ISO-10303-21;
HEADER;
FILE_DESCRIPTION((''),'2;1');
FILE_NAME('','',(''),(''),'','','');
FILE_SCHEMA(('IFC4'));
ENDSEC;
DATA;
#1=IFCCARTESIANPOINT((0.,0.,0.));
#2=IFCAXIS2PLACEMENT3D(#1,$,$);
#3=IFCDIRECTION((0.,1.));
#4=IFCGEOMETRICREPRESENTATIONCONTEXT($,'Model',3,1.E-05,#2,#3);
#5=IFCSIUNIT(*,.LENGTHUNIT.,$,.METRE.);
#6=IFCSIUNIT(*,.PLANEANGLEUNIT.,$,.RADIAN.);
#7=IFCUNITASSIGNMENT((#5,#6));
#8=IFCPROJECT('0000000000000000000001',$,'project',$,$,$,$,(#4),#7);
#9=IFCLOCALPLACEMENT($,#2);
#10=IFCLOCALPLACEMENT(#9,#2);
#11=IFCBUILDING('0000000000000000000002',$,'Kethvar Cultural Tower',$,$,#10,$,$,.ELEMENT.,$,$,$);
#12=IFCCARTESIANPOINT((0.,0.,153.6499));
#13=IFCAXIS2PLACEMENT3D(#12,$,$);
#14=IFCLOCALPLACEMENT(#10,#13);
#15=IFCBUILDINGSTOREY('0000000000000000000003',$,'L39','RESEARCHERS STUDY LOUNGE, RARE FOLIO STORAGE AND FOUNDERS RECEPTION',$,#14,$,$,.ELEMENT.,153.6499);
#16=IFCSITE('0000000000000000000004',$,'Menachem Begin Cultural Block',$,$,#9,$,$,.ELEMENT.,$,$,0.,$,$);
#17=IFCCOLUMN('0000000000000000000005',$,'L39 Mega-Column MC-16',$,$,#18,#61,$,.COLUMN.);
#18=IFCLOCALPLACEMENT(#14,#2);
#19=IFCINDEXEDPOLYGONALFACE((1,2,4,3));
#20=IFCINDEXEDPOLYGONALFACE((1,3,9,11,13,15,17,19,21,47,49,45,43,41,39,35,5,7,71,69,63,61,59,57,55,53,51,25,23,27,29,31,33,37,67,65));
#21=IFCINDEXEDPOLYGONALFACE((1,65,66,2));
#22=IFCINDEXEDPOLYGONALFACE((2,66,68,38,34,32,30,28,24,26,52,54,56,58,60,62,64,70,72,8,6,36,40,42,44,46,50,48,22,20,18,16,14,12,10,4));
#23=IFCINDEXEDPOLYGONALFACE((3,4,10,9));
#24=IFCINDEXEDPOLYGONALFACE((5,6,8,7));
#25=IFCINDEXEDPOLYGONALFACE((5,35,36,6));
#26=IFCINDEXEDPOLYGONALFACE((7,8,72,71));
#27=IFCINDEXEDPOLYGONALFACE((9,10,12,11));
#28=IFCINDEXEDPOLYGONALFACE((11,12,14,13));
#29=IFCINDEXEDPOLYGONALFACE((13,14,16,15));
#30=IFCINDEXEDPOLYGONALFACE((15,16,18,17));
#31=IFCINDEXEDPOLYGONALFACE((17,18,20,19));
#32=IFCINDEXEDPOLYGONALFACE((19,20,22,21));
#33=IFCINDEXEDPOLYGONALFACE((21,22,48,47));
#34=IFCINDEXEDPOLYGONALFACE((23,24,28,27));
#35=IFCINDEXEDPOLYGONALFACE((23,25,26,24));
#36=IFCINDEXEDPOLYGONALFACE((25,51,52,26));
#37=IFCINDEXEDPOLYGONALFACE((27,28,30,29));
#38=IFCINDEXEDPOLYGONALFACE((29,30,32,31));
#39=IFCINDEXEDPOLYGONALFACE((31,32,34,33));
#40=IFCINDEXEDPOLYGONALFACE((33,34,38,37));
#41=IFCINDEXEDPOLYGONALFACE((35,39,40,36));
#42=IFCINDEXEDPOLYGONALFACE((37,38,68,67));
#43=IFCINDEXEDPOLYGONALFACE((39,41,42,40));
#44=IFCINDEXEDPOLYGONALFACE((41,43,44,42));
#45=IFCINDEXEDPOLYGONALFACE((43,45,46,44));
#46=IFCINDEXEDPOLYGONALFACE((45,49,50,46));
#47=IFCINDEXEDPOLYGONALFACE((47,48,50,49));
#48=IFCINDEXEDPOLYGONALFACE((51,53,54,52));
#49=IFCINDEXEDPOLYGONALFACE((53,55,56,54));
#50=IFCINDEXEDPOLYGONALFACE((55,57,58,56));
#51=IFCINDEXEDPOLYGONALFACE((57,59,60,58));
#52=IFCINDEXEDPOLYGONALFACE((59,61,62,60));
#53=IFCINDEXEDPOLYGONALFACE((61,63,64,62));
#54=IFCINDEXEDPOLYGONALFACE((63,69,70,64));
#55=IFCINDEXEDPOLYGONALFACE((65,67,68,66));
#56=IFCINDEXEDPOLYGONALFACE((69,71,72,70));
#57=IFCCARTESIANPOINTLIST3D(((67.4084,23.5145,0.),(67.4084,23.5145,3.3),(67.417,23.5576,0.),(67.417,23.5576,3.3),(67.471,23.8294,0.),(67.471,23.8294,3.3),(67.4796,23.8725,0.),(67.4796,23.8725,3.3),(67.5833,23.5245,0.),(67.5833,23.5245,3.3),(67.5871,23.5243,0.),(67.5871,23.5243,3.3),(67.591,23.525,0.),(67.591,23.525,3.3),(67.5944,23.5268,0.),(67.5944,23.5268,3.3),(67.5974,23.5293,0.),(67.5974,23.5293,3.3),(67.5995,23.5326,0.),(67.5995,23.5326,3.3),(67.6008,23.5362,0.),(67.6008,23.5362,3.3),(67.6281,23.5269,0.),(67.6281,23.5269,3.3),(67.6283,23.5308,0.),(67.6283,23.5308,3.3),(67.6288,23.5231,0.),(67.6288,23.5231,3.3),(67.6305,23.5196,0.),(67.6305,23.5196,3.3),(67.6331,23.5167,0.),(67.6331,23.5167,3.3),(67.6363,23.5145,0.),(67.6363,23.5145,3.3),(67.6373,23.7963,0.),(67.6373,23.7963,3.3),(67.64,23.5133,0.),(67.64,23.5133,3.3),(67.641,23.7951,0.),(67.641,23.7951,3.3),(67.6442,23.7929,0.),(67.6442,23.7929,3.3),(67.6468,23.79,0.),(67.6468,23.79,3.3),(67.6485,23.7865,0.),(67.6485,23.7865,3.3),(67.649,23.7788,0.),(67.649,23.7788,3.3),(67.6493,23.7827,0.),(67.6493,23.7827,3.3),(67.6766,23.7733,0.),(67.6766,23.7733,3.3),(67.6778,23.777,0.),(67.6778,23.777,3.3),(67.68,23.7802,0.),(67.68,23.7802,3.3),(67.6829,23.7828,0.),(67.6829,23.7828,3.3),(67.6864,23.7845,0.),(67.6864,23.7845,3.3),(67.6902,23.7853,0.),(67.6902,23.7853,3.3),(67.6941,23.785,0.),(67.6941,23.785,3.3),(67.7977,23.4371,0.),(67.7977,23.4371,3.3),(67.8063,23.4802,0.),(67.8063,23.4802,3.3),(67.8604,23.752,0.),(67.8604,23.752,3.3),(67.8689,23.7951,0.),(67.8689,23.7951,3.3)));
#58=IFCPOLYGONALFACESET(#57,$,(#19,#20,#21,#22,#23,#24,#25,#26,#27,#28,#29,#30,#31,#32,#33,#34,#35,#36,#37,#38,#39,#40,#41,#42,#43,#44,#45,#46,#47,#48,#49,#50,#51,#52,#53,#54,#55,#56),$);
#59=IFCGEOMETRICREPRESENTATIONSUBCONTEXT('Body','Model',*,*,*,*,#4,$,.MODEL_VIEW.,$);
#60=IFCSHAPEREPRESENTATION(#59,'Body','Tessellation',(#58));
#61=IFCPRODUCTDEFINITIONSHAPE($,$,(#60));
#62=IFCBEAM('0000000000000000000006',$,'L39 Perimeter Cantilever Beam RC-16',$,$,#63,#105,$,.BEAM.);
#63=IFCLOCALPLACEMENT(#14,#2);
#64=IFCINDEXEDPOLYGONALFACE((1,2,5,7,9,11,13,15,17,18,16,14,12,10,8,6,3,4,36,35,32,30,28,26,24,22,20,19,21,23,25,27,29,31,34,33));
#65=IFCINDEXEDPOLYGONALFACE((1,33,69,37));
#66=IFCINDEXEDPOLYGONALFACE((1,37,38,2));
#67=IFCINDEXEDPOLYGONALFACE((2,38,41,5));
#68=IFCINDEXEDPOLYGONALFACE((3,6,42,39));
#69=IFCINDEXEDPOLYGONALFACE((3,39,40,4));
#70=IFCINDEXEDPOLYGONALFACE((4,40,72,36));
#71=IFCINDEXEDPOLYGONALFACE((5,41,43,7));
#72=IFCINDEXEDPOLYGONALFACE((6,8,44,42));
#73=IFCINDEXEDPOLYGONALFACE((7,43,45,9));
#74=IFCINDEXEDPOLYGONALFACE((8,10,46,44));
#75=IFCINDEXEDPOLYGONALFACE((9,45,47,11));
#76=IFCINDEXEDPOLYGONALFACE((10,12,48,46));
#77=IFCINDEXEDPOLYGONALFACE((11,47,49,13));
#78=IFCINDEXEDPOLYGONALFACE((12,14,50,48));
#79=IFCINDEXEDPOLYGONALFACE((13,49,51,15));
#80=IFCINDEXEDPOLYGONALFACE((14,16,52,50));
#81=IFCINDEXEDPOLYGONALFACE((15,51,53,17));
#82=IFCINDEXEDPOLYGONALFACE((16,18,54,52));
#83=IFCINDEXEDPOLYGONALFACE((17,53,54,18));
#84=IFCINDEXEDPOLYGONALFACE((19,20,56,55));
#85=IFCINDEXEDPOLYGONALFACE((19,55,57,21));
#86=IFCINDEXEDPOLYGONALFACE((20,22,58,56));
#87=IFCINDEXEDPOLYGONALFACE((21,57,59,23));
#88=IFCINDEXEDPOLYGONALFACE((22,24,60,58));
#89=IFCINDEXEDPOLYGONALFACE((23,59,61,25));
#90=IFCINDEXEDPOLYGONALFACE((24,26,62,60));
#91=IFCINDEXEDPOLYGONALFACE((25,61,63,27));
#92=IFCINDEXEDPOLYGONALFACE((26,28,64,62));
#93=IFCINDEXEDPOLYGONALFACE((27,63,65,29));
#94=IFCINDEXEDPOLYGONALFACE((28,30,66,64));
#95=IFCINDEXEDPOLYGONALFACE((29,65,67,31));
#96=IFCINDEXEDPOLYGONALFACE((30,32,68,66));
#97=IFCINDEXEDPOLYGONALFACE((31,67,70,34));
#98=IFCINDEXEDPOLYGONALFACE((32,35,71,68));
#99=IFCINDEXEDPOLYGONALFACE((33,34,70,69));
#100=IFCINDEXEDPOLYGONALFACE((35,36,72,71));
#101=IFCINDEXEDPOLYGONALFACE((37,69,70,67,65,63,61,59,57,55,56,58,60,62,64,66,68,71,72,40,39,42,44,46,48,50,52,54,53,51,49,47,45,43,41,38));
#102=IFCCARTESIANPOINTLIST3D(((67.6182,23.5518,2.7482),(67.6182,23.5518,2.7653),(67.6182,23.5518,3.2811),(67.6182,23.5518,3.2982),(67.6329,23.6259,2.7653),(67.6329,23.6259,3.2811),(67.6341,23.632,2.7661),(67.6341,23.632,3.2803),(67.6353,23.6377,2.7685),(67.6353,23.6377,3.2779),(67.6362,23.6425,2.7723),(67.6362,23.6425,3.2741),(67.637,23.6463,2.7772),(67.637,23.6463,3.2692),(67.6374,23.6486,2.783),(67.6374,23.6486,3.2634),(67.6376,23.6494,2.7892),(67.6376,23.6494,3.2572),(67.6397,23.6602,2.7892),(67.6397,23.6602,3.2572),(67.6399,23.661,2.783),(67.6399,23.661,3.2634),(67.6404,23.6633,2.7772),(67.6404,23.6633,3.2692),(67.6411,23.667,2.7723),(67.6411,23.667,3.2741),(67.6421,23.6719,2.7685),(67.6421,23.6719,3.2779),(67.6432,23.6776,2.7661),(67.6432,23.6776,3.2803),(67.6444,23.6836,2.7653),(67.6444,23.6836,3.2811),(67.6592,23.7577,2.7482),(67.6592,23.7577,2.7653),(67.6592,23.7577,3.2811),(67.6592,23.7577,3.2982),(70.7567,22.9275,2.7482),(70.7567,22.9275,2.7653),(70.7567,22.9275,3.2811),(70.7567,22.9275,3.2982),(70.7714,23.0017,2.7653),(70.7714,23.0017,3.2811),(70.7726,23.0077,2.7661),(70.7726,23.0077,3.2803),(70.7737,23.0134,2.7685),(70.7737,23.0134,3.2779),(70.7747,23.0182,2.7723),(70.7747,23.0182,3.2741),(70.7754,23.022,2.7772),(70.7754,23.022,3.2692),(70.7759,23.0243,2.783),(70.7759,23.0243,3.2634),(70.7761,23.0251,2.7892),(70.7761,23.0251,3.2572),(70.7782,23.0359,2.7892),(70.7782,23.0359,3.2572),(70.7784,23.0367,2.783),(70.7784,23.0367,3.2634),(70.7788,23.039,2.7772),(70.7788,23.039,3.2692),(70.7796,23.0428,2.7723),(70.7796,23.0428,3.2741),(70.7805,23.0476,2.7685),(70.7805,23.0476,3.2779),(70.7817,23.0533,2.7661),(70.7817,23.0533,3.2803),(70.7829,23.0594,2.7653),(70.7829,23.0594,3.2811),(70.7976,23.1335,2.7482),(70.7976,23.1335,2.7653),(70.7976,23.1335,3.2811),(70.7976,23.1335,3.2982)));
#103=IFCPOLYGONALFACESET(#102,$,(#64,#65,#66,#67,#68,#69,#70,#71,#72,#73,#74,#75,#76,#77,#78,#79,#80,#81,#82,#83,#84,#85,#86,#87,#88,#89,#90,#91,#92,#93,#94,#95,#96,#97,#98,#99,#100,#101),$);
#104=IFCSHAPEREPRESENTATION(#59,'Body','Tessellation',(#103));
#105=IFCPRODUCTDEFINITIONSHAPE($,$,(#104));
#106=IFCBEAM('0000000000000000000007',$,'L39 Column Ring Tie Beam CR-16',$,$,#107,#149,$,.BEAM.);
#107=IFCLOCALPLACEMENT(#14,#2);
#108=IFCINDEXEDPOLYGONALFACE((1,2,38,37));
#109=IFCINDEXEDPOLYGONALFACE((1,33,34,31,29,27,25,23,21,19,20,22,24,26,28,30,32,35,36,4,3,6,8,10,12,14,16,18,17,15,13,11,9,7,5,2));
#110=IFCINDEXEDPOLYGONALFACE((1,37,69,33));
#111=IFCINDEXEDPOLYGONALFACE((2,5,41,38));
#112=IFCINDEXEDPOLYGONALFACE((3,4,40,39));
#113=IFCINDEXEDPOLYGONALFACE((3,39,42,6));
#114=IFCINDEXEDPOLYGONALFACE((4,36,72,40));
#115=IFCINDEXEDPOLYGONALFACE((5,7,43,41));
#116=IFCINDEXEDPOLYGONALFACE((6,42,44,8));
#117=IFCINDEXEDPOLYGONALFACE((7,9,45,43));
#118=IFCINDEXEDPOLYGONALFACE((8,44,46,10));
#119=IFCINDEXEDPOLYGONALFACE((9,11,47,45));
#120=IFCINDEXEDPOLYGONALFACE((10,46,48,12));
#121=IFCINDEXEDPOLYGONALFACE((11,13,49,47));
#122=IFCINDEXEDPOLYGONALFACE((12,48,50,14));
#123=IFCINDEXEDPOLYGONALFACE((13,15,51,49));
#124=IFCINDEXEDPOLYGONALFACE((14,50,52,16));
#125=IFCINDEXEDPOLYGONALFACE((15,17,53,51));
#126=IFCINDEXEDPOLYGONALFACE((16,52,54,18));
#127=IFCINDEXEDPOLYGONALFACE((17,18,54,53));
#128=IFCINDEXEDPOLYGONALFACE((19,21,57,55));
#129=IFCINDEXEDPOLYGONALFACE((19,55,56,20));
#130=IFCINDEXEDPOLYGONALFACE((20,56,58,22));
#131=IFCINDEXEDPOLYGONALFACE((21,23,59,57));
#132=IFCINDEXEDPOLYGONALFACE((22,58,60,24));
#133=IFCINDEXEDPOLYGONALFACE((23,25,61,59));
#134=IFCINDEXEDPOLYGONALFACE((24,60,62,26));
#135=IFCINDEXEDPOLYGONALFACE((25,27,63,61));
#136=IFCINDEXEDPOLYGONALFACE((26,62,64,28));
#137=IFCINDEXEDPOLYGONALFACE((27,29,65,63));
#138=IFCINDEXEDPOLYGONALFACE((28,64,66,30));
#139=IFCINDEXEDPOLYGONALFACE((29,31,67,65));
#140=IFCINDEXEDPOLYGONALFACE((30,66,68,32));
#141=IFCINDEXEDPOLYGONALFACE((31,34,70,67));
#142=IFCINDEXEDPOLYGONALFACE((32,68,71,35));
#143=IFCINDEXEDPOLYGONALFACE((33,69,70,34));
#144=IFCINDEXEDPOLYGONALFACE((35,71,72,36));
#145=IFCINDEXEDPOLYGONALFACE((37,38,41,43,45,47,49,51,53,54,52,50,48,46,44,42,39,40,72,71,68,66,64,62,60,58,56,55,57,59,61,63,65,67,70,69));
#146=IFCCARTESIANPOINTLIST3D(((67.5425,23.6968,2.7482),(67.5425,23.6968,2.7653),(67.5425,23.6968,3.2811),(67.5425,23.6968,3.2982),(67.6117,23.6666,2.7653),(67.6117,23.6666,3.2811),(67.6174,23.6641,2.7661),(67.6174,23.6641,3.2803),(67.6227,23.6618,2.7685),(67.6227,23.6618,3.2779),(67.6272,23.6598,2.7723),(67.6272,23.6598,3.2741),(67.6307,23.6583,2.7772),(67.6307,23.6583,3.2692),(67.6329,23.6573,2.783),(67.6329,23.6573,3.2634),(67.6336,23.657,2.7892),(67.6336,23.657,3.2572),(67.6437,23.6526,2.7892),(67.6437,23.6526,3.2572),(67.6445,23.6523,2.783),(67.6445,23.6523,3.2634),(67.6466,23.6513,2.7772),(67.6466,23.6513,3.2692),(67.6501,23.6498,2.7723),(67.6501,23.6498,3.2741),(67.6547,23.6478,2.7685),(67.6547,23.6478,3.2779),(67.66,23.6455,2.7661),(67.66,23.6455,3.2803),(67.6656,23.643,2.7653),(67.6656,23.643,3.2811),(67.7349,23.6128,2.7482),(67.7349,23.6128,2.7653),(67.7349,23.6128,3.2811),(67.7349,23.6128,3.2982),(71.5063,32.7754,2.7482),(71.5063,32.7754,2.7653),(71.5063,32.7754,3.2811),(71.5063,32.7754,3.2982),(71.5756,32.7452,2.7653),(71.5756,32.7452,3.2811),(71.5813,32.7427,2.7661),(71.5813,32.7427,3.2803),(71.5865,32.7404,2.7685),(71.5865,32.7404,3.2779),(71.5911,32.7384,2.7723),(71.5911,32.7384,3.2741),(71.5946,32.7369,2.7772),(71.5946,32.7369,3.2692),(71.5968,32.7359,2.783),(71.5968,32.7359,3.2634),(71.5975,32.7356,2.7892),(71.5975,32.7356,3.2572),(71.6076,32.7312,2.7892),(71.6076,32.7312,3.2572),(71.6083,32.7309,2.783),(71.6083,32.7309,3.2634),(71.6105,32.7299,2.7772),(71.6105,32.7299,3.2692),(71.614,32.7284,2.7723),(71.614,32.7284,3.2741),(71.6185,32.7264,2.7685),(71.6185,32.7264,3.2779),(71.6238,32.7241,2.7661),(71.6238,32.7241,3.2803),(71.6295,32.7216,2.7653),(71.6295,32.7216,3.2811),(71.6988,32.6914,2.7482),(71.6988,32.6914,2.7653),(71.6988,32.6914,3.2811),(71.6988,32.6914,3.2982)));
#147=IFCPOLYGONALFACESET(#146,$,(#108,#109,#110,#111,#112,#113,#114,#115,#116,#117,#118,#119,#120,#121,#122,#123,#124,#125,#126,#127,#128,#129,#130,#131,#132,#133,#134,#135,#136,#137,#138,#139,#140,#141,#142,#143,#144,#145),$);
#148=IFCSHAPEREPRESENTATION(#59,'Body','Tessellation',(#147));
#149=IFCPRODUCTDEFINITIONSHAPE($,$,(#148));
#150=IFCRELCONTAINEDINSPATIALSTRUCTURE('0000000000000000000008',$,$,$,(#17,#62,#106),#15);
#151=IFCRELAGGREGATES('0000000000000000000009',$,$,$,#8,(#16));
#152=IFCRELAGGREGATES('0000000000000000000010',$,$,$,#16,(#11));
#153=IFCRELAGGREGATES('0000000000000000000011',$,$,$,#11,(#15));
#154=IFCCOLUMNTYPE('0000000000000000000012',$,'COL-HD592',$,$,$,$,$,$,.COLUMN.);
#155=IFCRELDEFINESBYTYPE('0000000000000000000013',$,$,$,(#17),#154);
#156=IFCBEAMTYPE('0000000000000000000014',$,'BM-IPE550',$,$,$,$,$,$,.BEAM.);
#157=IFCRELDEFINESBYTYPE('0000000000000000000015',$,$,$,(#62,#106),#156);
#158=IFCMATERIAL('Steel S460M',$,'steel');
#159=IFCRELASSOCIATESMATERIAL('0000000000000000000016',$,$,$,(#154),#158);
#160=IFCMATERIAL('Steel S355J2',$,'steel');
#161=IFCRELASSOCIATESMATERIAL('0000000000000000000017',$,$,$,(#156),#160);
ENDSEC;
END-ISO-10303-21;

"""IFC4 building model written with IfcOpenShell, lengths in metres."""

from ifc_helpers import new_model, si_unit, direction, frame, origin, origin_2d, place, context, subcontext, project, spatial, i_section, extrude, source, transform, mapped, material, material_profile, profile_set, type_object, element, save


model = new_model("IFC4")

# Units and contexts
model_context = context("Model", 3, precision=1e-05, world=origin(), true_north=direction((0.0, 1.0)))
body_context = subcontext(model_context, "Body", "Model", "MODEL_VIEW")
ifc_project = project(units=[si_unit("LENGTHUNIT", "METRE"), si_unit("PLANEANGLEUNIT", "RADIAN")], contexts=[model_context])

# Site, building, storey
site_placement = place(None, origin())
site = spatial("IfcSite", under=ifc_project, at=site_placement, Name="Menachem Begin Cultural Block", CompositionType="ELEMENT", RefElevation=0.0)
building_placement = place(site_placement, origin())
building = spatial("IfcBuilding", under=site, at=building_placement, Name="Kethvar Cultural Tower", CompositionType="ELEMENT")
storey_placement = place(building_placement, frame((0.0, 0.0, 153.6499)))
storey = spatial("IfcBuildingStorey", under=building, at=storey_placement, Name="L39", Description="RESEARCHERS STUDY LOUNGE, RARE FOLIO STORAGE AND FOUNDERS RECEPTION", CompositionType="ELEMENT", Elevation=153.6499)

# Column
ifc_material_1 = material(Name="Steel S460M", Category="steel")
ifc_material_profile_1 = material_profile(ifc_material_1, i_section(OverallWidth=0.397, OverallDepth=0.365, WebThickness=0.0281, FlangeThickness=0.0439, FilletRadius=0.0149, at=origin_2d()), Name="Steel S460M — HD400x592")
ifc_profile_set_1 = profile_set([ifc_material_profile_1], Name="Steel S460M — HD400x592")
column_type = type_object("IfcColumnType", Name="COL-HD592", PredefinedType="COLUMN", material=ifc_profile_set_1)
shared_shape_1 = source(origin(), body_context, "Body", "SweptSolid", [
    extrude(i_section(OverallWidth=0.397, OverallDepth=0.365, WebThickness=0.0281, FlangeThickness=0.0439, FilletRadius=0.0149, at=origin_2d()), origin(), (0.0, 0.0, 1.0), 3.3),
])
column_placement = place(storey_placement, frame((67.6387, 23.6548, 0.0), z_axis=(0.0, 0.0, 1.0), x_axis=(0.980785, -0.19509, 0.0)))
element("IfcColumn", 1, at=column_placement, inside=storey, type_object=column_type, Name="L39 Mega-Column MC-16", PredefinedType="COLUMN", context=body_context, shape_type="MappedRepresentation", body=[
    mapped(shared_shape_1, transform((0.0, 0.0, 0.0), scale=1.0)),
])

# Beams
ifc_material_2 = material(Name="Steel S355J2", Category="steel")
ifc_material_profile_2 = material_profile(ifc_material_2, i_section(OverallWidth=0.21, OverallDepth=0.55, WebThickness=0.011, FlangeThickness=0.0171, FilletRadius=0.0239, at=origin_2d()), Name="Steel S355J2 — IPE550")
ifc_profile_set_2 = profile_set([ifc_material_profile_2], Name="Steel S355J2 — IPE550")
beam_type_1 = type_object("IfcBeamType", Name="BM-IPE550", PredefinedType="BEAM", material=ifc_profile_set_2)
shared_shape_2 = source(origin(), body_context, "Body", "SweptSolid", [
    extrude(i_section(OverallWidth=0.21, OverallDepth=0.55, WebThickness=0.011, FlangeThickness=0.0171, FilletRadius=0.0239, at=origin_2d()), origin(), (0.0, 0.0, 1.0), 3.2),
])
beam_1_placement = place(storey_placement, frame((67.6387, 23.6548, 3.0232), z_axis=(0.980786, -0.195089, 0.0), x_axis=(0.195089, 0.980786, 0.0)))
element("IfcBeam", 2, at=beam_1_placement, inside=storey, type_object=beam_type_1, Name="L39 Perimeter Cantilever Beam RC-16", PredefinedType="BEAM", context=body_context, shape_type="MappedRepresentation", body=[
    mapped(shared_shape_2, transform((0.0, 0.0, 0.0), scale=1.0)),
])
shared_shape_3 = source(origin(), body_context, "Body", "SweptSolid", [
    extrude(i_section(OverallWidth=0.21, OverallDepth=0.55, WebThickness=0.011, FlangeThickness=0.0171, FilletRadius=0.0239, at=origin_2d()), origin(), (0.0, 0.0, 1.0), 9.9062),
])
beam_2_placement = place(storey_placement, frame((67.6387, 23.6548, 3.0232), z_axis=(0.400139, 0.916455, 0.0), x_axis=(-0.916455, 0.400139, 0.0)))
element("IfcBeam", 3, at=beam_2_placement, inside=storey, type_object=beam_type_1, Name="L39 Column Ring Tie Beam CR-16", PredefinedType="BEAM", context=body_context, shape_type="MappedRepresentation", body=[
    mapped(shared_shape_3, transform((0.0, 0.0, 0.0), scale=1.0)),
])

save(model, "model.ifc")
